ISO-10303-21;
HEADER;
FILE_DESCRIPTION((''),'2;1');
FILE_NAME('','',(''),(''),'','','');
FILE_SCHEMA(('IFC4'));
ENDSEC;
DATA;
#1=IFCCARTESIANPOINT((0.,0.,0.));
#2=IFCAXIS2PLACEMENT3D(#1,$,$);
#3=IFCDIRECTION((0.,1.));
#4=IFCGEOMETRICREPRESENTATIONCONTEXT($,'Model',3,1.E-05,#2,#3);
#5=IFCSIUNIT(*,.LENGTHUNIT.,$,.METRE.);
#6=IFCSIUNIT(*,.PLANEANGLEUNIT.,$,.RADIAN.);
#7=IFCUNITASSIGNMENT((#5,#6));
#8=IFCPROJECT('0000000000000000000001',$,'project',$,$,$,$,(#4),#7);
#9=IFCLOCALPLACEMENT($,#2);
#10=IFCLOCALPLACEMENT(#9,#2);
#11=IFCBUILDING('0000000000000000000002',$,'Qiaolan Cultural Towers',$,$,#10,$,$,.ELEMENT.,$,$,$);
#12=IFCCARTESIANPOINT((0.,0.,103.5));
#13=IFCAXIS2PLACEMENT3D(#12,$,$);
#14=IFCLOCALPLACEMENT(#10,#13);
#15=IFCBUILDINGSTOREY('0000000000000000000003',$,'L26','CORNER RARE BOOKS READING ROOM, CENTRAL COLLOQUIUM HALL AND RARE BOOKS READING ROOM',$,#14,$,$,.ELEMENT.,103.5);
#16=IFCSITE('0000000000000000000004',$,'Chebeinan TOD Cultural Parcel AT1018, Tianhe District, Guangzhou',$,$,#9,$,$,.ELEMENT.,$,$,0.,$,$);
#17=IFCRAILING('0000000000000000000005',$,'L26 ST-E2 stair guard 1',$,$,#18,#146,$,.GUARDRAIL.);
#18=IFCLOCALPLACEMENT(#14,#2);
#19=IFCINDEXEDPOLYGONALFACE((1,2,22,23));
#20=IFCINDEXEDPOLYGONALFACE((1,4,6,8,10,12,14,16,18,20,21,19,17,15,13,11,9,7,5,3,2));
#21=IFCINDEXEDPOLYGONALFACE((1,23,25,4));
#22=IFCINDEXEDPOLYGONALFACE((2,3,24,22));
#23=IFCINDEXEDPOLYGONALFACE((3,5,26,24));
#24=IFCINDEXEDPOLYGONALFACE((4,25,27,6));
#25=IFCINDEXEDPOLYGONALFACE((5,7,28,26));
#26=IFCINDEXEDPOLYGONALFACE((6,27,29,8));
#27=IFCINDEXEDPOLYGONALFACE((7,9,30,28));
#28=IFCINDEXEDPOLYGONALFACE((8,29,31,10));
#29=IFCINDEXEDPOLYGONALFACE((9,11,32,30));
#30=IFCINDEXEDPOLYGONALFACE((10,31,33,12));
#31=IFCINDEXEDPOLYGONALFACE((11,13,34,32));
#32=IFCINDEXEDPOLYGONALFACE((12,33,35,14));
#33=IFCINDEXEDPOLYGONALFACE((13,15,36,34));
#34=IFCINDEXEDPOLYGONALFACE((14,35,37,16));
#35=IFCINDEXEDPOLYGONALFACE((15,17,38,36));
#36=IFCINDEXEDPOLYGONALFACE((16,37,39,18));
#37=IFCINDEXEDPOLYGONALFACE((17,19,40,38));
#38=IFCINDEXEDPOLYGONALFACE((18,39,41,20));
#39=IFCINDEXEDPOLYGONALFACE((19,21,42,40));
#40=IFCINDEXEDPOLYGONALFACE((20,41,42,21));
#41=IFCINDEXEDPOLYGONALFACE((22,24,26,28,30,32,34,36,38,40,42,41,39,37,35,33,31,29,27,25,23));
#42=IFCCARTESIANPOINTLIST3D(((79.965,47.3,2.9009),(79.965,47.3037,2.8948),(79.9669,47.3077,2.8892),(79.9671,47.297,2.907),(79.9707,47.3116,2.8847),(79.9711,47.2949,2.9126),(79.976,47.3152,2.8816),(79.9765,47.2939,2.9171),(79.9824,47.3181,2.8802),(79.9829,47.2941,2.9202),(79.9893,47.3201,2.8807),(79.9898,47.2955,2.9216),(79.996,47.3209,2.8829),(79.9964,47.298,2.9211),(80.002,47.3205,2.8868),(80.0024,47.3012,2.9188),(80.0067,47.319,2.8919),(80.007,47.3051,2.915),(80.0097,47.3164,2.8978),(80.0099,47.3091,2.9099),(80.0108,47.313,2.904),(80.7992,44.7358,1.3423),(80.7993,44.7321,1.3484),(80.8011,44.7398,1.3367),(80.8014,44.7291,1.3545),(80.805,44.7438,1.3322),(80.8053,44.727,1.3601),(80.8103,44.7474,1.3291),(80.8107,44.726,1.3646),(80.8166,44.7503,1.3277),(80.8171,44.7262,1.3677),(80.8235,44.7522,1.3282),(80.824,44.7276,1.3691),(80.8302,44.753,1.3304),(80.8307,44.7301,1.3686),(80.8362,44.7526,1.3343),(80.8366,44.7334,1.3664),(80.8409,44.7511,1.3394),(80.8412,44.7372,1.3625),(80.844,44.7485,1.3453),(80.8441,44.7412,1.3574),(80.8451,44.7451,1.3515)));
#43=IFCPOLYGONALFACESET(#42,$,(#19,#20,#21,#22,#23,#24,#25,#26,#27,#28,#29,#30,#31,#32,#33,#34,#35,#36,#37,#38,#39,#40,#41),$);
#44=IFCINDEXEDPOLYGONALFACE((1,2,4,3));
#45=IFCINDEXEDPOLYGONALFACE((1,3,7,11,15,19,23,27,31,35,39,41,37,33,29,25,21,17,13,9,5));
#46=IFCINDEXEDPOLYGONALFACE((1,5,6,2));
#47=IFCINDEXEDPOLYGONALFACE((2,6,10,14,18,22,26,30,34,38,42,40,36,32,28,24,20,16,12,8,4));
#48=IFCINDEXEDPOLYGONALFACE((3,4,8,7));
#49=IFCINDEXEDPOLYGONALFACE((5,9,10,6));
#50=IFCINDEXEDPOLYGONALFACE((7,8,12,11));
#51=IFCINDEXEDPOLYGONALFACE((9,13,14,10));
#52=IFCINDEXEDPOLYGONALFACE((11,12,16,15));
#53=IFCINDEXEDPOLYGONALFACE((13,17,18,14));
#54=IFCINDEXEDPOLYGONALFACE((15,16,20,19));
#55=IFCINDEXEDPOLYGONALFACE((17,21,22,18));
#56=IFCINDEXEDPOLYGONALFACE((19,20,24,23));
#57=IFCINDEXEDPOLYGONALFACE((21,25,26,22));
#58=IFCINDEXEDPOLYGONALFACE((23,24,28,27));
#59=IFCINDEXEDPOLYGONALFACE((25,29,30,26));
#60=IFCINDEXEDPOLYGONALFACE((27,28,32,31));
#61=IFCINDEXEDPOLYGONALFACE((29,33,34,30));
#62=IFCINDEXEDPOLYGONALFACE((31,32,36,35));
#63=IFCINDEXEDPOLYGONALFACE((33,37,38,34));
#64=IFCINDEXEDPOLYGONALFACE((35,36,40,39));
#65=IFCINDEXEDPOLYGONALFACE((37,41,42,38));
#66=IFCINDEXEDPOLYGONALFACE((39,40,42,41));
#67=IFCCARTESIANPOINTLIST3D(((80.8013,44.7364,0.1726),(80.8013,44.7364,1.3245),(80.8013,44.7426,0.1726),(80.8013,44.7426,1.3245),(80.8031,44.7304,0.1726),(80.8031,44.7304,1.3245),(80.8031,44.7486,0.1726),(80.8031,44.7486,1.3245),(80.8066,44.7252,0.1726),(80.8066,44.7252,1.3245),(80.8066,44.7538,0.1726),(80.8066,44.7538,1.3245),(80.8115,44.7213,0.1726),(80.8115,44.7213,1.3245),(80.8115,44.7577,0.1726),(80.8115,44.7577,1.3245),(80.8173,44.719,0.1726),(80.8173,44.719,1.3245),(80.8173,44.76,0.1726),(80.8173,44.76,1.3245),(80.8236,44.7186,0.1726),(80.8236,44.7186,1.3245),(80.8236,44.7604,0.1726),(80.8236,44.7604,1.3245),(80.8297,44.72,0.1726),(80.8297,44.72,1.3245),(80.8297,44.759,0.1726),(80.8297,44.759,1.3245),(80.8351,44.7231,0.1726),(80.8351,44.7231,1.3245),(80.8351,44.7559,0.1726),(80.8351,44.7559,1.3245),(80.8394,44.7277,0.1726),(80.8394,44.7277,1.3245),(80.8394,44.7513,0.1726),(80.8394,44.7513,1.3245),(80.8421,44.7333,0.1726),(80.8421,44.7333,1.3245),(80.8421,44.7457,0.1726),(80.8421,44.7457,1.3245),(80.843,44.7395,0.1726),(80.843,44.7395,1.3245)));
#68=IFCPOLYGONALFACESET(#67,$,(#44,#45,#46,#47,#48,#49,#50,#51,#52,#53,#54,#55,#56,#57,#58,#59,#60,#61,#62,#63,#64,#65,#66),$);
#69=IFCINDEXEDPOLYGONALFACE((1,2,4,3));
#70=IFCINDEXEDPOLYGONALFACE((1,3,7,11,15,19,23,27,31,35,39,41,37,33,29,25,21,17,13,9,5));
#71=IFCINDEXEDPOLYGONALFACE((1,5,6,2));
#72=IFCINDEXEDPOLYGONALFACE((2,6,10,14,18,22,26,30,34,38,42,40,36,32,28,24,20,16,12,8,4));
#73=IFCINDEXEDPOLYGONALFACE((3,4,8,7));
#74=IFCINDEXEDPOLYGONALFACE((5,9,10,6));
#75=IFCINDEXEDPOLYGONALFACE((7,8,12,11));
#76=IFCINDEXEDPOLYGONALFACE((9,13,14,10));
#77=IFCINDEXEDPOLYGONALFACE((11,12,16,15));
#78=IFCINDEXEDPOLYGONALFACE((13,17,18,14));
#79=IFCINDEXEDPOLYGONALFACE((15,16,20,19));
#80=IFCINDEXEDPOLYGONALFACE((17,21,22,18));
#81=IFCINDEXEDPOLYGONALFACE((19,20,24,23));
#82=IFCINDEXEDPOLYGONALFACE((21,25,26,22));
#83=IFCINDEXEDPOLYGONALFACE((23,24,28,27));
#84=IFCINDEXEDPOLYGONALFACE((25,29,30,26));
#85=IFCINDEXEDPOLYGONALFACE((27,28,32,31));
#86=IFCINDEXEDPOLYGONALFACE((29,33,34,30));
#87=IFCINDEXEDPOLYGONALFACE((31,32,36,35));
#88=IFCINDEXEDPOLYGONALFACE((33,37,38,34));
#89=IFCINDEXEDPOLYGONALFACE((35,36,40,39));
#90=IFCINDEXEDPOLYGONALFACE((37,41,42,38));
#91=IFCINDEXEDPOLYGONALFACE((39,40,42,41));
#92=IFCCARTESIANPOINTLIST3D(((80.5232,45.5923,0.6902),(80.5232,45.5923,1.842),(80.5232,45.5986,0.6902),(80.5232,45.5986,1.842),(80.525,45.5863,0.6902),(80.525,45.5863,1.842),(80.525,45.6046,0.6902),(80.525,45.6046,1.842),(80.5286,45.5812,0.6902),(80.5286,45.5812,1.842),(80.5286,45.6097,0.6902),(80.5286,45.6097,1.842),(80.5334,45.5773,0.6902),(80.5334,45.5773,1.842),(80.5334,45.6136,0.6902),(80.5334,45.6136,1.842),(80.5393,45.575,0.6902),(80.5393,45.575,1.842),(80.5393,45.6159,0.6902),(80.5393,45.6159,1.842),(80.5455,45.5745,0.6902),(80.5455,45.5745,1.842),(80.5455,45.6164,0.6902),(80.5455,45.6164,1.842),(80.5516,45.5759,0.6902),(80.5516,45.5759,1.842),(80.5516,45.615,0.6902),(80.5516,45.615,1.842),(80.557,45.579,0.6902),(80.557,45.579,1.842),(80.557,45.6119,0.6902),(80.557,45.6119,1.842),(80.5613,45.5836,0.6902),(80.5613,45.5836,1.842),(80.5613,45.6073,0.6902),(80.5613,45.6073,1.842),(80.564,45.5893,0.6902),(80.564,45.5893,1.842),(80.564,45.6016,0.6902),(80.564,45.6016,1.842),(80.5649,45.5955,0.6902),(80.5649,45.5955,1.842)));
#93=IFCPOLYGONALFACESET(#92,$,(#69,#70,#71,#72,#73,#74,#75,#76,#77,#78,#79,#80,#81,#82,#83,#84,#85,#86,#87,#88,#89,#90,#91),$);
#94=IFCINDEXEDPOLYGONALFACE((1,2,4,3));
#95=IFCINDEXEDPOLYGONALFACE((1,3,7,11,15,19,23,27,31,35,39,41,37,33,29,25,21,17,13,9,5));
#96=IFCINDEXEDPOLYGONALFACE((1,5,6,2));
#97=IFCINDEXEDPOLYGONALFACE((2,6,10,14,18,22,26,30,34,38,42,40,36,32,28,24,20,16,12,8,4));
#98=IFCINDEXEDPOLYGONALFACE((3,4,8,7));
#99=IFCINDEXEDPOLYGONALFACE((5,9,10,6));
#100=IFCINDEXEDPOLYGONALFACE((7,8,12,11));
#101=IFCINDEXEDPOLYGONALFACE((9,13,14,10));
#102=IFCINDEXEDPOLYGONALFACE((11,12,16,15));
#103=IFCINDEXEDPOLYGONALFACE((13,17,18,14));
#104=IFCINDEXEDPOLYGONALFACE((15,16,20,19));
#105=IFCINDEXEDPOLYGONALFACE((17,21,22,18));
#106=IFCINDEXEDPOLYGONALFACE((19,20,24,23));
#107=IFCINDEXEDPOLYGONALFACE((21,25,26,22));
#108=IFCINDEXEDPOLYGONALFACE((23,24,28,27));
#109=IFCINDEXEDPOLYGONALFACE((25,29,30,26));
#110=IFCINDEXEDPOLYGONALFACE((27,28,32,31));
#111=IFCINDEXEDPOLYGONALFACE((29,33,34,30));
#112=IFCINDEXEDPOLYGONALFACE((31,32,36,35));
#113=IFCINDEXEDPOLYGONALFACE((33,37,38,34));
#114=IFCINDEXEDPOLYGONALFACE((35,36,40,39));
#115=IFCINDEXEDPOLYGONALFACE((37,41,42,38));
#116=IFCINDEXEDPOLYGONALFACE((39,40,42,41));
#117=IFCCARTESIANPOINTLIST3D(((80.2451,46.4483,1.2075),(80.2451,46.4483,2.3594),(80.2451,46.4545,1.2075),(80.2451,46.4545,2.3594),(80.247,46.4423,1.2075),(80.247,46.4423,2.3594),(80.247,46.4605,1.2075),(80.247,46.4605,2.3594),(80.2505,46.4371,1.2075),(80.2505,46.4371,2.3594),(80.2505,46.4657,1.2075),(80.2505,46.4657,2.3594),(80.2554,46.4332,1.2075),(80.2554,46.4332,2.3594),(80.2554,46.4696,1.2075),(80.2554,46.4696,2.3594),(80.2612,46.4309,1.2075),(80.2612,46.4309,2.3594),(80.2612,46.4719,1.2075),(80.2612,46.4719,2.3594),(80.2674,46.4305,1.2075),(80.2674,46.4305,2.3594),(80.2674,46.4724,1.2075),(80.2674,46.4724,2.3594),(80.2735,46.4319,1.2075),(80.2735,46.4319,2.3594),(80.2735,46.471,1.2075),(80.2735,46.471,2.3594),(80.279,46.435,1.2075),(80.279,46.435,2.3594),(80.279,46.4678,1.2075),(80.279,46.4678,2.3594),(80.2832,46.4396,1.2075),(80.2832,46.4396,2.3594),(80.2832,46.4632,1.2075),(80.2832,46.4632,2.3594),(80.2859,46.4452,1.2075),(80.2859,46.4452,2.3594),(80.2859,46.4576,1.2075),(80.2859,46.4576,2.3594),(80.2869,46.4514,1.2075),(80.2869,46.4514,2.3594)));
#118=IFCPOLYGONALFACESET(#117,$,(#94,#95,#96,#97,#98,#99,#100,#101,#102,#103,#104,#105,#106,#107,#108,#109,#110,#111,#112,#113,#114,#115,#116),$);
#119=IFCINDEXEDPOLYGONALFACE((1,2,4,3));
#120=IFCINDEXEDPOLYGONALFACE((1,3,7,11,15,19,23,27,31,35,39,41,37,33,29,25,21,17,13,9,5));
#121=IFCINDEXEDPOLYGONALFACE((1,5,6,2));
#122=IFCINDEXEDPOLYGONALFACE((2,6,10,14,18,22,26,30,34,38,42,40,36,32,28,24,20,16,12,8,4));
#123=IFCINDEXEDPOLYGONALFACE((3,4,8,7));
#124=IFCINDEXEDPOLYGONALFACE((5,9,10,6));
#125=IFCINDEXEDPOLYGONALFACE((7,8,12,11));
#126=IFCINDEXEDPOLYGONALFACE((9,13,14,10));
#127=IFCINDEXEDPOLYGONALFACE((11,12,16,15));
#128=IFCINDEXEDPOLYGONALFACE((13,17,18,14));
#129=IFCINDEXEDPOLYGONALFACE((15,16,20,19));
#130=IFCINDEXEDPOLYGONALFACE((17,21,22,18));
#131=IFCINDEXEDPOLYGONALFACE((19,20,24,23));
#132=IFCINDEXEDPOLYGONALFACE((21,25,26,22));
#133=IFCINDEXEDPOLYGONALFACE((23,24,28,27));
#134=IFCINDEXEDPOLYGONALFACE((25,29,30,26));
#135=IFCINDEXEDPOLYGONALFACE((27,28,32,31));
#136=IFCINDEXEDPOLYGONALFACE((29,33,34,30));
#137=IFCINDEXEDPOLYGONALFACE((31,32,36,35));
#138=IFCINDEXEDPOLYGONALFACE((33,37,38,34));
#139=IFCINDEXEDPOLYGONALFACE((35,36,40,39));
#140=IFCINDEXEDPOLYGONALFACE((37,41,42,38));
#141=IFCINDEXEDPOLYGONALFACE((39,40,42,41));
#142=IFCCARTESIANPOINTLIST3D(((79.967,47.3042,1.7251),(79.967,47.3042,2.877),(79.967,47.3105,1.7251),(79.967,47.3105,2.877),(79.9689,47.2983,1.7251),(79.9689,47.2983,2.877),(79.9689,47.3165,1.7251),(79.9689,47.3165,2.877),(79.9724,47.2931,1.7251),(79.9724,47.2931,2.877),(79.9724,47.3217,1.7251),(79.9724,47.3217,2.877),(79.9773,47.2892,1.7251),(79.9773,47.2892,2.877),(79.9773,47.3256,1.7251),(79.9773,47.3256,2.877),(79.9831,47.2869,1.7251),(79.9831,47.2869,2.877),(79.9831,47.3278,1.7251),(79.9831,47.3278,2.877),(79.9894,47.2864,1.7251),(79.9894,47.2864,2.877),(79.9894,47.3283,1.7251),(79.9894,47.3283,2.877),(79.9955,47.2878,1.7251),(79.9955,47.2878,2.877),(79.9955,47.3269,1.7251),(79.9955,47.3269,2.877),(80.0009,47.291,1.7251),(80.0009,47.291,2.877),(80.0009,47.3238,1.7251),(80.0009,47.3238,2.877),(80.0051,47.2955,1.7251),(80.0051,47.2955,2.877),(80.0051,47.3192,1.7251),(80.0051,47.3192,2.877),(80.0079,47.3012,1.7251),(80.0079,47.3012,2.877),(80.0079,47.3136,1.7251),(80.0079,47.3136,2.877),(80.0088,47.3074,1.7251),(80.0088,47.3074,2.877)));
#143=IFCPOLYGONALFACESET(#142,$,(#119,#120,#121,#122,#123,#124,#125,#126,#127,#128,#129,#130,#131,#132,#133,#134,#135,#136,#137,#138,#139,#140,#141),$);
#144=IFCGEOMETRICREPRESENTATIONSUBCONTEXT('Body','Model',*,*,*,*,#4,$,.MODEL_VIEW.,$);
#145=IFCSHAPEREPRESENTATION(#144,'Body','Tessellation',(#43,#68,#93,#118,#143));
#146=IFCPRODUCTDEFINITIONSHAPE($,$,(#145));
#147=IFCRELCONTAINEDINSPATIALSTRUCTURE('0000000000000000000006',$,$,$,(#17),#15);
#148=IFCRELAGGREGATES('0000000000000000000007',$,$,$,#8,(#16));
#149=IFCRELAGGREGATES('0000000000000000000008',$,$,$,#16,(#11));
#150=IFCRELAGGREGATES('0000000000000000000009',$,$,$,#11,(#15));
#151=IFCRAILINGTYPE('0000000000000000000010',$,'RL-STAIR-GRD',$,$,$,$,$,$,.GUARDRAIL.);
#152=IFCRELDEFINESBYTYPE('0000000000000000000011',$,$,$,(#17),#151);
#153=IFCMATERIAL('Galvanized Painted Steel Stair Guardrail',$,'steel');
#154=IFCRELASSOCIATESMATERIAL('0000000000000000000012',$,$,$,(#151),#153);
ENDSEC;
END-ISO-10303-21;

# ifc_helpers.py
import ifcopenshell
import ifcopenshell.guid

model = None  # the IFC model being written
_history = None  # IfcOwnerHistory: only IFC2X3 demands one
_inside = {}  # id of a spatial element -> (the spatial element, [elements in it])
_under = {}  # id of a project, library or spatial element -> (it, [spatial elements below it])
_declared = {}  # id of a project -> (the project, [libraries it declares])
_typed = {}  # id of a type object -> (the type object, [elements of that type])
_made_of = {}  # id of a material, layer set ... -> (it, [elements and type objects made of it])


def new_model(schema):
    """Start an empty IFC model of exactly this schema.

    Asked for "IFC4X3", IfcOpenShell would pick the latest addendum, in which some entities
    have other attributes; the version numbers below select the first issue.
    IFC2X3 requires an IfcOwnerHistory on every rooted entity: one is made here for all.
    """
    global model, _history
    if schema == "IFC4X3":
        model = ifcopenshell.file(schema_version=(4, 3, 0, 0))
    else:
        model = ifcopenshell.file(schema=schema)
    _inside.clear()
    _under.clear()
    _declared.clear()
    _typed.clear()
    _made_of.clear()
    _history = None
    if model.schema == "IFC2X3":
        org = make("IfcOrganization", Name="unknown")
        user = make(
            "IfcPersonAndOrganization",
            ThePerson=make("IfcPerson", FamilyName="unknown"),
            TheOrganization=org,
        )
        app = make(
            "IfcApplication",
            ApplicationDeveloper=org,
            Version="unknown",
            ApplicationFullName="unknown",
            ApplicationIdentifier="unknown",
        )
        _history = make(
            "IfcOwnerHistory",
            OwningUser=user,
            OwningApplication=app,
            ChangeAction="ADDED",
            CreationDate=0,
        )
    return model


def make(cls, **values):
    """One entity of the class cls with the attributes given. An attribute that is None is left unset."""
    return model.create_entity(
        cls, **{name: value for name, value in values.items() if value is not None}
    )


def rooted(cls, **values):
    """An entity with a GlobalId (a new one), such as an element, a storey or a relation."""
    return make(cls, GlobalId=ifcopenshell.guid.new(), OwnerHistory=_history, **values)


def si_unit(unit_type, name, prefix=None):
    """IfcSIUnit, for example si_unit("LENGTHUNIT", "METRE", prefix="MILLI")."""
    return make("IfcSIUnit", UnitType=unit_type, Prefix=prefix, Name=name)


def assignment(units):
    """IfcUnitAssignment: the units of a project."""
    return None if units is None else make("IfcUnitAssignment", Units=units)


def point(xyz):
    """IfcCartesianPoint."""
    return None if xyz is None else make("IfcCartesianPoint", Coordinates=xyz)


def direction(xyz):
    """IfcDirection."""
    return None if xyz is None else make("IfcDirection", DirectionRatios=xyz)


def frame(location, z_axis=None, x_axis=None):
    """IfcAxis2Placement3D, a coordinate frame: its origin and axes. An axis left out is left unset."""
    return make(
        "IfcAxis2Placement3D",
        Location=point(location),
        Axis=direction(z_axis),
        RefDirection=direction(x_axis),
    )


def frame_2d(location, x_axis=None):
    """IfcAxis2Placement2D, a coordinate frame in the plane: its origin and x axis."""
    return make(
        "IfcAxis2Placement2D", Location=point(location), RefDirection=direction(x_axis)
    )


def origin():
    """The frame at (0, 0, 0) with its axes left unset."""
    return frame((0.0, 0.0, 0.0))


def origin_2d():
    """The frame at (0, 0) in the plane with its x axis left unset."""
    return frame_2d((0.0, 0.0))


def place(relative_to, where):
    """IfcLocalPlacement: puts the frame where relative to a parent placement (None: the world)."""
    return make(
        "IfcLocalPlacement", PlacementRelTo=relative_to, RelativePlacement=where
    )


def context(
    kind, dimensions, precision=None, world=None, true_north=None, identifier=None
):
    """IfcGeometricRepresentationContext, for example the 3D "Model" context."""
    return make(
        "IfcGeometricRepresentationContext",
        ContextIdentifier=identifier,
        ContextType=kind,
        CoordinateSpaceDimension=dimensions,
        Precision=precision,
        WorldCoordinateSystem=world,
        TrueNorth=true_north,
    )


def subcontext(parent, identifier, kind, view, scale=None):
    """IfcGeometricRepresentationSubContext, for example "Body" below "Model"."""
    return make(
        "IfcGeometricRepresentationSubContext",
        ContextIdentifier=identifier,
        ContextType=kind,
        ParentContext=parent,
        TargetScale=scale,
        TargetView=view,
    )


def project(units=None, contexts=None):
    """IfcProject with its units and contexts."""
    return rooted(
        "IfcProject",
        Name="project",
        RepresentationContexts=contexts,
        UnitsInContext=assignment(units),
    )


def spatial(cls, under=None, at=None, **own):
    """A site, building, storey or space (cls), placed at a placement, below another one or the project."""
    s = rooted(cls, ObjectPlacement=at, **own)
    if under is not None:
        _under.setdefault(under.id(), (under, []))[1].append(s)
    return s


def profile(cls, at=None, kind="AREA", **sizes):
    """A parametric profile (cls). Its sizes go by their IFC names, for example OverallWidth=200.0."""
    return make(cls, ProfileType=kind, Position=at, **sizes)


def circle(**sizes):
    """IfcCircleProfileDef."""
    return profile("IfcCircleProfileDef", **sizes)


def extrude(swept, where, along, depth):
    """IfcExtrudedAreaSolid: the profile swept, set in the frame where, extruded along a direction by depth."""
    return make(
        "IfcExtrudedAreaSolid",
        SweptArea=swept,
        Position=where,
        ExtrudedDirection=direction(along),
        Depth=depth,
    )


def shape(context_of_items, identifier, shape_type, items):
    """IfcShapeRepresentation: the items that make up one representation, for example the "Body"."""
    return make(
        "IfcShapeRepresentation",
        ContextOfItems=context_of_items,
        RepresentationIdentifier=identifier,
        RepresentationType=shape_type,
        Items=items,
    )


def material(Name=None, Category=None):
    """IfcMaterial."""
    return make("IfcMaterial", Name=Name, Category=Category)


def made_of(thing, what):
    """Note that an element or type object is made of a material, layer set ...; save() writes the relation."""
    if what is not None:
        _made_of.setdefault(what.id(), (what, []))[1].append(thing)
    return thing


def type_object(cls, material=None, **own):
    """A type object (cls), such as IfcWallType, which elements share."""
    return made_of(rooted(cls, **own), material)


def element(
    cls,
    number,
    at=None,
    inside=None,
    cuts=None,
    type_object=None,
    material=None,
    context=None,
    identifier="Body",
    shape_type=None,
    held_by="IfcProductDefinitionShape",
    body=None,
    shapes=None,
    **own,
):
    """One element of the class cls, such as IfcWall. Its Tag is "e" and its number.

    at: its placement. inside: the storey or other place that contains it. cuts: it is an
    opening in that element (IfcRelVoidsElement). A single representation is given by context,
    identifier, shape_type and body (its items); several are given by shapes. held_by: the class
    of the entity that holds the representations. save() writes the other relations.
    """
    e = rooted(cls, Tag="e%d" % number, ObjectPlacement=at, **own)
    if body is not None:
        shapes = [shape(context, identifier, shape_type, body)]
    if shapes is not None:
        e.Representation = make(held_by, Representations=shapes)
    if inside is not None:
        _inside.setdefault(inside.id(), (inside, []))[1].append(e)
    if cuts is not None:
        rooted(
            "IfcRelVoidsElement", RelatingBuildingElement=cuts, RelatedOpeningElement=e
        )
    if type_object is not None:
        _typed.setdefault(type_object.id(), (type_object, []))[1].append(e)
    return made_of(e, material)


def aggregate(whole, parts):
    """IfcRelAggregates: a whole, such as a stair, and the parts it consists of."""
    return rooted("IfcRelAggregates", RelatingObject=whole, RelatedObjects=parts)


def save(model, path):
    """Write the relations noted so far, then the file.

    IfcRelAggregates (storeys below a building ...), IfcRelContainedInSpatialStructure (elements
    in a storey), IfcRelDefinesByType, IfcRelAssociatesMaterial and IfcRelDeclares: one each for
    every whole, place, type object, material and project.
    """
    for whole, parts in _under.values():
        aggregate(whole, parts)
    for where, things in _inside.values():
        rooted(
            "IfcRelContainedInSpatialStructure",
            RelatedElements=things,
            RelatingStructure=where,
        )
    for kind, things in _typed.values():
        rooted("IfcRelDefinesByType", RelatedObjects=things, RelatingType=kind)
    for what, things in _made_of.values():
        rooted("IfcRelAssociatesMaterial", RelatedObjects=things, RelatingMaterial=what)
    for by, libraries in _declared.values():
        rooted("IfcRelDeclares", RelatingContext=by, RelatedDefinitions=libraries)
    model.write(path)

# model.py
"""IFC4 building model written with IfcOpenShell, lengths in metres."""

from ifc_helpers import new_model, si_unit, direction, frame, origin, origin_2d, place, context, subcontext, project, spatial, circle, extrude, material, type_object, element, save


model = new_model("IFC4")

# Units and contexts
model_context = context("Model", 3, precision=1e-05, world=origin(), true_north=direction((0.0, 1.0)))
body_context = subcontext(model_context, "Body", "Model", "MODEL_VIEW")
ifc_project = project(units=[si_unit("LENGTHUNIT", "METRE"), si_unit("PLANEANGLEUNIT", "RADIAN")], contexts=[model_context])

# Site, building, storey
site_placement = place(None, origin())
site = spatial("IfcSite", under=ifc_project, at=site_placement, Name="Chebeinan TOD Cultural Parcel AT1018, Tianhe District, Guangzhou", CompositionType="ELEMENT", RefElevation=0.0)
building_placement = place(site_placement, origin())
building = spatial("IfcBuilding", under=site, at=building_placement, Name="Qiaolan Cultural Towers", CompositionType="ELEMENT")
storey_placement = place(building_placement, frame((0.0, 0.0, 103.5)))
storey = spatial("IfcBuildingStorey", under=building, at=storey_placement, Name="L26", Description="CORNER RARE BOOKS READING ROOM, CENTRAL COLLOQUIUM HALL AND RARE BOOKS READING ROOM", CompositionType="ELEMENT", Elevation=103.5)

# Railing
ifc_material_1 = material(Name="Galvanized Painted Steel Stair Guardrail", Category="steel")
railing_type_1 = type_object("IfcRailingType", Name="RL-STAIR-GRD", PredefinedType="GUARDRAIL", material=ifc_material_1)
railing_1_placement = place(storey_placement, frame((80.822, 44.7395, 0.1726)))
element("IfcRailing", 1, at=railing_1_placement, inside=storey, type_object=railing_type_1, Name="L26 ST-E2 stair guard 1", PredefinedType="GUARDRAIL", context=body_context, shape_type="SweptSolid", body=[
    extrude(circle(Radius=0.0239, at=origin_2d()), frame((0.0, 0.0, 1.1758), z_axis=(-0.267853, 0.824488, 0.498471), x_axis=(-0.95107, -0.308976, 0.0)), (0.0, 0.0, 1.0), 3.1145),
    extrude(circle(Radius=0.021, at=origin_2d()), origin(), (0.0, 0.0, 1.0), 1.1519),
    extrude(circle(Radius=0.021, at=origin_2d()), frame((-0.2781, 0.856, 0.5176)), (0.0, 0.0, 1.0), 1.1519),
    extrude(circle(Radius=0.021, at=origin_2d()), frame((-0.5562, 1.7119, 1.0349)), (0.0, 0.0, 1.0), 1.1519),
    extrude(circle(Radius=0.021, at=origin_2d()), frame((-0.8342, 2.5679, 1.5525)), (0.0, 0.0, 1.0), 1.1519),
])

save(model, "model.ifc")
